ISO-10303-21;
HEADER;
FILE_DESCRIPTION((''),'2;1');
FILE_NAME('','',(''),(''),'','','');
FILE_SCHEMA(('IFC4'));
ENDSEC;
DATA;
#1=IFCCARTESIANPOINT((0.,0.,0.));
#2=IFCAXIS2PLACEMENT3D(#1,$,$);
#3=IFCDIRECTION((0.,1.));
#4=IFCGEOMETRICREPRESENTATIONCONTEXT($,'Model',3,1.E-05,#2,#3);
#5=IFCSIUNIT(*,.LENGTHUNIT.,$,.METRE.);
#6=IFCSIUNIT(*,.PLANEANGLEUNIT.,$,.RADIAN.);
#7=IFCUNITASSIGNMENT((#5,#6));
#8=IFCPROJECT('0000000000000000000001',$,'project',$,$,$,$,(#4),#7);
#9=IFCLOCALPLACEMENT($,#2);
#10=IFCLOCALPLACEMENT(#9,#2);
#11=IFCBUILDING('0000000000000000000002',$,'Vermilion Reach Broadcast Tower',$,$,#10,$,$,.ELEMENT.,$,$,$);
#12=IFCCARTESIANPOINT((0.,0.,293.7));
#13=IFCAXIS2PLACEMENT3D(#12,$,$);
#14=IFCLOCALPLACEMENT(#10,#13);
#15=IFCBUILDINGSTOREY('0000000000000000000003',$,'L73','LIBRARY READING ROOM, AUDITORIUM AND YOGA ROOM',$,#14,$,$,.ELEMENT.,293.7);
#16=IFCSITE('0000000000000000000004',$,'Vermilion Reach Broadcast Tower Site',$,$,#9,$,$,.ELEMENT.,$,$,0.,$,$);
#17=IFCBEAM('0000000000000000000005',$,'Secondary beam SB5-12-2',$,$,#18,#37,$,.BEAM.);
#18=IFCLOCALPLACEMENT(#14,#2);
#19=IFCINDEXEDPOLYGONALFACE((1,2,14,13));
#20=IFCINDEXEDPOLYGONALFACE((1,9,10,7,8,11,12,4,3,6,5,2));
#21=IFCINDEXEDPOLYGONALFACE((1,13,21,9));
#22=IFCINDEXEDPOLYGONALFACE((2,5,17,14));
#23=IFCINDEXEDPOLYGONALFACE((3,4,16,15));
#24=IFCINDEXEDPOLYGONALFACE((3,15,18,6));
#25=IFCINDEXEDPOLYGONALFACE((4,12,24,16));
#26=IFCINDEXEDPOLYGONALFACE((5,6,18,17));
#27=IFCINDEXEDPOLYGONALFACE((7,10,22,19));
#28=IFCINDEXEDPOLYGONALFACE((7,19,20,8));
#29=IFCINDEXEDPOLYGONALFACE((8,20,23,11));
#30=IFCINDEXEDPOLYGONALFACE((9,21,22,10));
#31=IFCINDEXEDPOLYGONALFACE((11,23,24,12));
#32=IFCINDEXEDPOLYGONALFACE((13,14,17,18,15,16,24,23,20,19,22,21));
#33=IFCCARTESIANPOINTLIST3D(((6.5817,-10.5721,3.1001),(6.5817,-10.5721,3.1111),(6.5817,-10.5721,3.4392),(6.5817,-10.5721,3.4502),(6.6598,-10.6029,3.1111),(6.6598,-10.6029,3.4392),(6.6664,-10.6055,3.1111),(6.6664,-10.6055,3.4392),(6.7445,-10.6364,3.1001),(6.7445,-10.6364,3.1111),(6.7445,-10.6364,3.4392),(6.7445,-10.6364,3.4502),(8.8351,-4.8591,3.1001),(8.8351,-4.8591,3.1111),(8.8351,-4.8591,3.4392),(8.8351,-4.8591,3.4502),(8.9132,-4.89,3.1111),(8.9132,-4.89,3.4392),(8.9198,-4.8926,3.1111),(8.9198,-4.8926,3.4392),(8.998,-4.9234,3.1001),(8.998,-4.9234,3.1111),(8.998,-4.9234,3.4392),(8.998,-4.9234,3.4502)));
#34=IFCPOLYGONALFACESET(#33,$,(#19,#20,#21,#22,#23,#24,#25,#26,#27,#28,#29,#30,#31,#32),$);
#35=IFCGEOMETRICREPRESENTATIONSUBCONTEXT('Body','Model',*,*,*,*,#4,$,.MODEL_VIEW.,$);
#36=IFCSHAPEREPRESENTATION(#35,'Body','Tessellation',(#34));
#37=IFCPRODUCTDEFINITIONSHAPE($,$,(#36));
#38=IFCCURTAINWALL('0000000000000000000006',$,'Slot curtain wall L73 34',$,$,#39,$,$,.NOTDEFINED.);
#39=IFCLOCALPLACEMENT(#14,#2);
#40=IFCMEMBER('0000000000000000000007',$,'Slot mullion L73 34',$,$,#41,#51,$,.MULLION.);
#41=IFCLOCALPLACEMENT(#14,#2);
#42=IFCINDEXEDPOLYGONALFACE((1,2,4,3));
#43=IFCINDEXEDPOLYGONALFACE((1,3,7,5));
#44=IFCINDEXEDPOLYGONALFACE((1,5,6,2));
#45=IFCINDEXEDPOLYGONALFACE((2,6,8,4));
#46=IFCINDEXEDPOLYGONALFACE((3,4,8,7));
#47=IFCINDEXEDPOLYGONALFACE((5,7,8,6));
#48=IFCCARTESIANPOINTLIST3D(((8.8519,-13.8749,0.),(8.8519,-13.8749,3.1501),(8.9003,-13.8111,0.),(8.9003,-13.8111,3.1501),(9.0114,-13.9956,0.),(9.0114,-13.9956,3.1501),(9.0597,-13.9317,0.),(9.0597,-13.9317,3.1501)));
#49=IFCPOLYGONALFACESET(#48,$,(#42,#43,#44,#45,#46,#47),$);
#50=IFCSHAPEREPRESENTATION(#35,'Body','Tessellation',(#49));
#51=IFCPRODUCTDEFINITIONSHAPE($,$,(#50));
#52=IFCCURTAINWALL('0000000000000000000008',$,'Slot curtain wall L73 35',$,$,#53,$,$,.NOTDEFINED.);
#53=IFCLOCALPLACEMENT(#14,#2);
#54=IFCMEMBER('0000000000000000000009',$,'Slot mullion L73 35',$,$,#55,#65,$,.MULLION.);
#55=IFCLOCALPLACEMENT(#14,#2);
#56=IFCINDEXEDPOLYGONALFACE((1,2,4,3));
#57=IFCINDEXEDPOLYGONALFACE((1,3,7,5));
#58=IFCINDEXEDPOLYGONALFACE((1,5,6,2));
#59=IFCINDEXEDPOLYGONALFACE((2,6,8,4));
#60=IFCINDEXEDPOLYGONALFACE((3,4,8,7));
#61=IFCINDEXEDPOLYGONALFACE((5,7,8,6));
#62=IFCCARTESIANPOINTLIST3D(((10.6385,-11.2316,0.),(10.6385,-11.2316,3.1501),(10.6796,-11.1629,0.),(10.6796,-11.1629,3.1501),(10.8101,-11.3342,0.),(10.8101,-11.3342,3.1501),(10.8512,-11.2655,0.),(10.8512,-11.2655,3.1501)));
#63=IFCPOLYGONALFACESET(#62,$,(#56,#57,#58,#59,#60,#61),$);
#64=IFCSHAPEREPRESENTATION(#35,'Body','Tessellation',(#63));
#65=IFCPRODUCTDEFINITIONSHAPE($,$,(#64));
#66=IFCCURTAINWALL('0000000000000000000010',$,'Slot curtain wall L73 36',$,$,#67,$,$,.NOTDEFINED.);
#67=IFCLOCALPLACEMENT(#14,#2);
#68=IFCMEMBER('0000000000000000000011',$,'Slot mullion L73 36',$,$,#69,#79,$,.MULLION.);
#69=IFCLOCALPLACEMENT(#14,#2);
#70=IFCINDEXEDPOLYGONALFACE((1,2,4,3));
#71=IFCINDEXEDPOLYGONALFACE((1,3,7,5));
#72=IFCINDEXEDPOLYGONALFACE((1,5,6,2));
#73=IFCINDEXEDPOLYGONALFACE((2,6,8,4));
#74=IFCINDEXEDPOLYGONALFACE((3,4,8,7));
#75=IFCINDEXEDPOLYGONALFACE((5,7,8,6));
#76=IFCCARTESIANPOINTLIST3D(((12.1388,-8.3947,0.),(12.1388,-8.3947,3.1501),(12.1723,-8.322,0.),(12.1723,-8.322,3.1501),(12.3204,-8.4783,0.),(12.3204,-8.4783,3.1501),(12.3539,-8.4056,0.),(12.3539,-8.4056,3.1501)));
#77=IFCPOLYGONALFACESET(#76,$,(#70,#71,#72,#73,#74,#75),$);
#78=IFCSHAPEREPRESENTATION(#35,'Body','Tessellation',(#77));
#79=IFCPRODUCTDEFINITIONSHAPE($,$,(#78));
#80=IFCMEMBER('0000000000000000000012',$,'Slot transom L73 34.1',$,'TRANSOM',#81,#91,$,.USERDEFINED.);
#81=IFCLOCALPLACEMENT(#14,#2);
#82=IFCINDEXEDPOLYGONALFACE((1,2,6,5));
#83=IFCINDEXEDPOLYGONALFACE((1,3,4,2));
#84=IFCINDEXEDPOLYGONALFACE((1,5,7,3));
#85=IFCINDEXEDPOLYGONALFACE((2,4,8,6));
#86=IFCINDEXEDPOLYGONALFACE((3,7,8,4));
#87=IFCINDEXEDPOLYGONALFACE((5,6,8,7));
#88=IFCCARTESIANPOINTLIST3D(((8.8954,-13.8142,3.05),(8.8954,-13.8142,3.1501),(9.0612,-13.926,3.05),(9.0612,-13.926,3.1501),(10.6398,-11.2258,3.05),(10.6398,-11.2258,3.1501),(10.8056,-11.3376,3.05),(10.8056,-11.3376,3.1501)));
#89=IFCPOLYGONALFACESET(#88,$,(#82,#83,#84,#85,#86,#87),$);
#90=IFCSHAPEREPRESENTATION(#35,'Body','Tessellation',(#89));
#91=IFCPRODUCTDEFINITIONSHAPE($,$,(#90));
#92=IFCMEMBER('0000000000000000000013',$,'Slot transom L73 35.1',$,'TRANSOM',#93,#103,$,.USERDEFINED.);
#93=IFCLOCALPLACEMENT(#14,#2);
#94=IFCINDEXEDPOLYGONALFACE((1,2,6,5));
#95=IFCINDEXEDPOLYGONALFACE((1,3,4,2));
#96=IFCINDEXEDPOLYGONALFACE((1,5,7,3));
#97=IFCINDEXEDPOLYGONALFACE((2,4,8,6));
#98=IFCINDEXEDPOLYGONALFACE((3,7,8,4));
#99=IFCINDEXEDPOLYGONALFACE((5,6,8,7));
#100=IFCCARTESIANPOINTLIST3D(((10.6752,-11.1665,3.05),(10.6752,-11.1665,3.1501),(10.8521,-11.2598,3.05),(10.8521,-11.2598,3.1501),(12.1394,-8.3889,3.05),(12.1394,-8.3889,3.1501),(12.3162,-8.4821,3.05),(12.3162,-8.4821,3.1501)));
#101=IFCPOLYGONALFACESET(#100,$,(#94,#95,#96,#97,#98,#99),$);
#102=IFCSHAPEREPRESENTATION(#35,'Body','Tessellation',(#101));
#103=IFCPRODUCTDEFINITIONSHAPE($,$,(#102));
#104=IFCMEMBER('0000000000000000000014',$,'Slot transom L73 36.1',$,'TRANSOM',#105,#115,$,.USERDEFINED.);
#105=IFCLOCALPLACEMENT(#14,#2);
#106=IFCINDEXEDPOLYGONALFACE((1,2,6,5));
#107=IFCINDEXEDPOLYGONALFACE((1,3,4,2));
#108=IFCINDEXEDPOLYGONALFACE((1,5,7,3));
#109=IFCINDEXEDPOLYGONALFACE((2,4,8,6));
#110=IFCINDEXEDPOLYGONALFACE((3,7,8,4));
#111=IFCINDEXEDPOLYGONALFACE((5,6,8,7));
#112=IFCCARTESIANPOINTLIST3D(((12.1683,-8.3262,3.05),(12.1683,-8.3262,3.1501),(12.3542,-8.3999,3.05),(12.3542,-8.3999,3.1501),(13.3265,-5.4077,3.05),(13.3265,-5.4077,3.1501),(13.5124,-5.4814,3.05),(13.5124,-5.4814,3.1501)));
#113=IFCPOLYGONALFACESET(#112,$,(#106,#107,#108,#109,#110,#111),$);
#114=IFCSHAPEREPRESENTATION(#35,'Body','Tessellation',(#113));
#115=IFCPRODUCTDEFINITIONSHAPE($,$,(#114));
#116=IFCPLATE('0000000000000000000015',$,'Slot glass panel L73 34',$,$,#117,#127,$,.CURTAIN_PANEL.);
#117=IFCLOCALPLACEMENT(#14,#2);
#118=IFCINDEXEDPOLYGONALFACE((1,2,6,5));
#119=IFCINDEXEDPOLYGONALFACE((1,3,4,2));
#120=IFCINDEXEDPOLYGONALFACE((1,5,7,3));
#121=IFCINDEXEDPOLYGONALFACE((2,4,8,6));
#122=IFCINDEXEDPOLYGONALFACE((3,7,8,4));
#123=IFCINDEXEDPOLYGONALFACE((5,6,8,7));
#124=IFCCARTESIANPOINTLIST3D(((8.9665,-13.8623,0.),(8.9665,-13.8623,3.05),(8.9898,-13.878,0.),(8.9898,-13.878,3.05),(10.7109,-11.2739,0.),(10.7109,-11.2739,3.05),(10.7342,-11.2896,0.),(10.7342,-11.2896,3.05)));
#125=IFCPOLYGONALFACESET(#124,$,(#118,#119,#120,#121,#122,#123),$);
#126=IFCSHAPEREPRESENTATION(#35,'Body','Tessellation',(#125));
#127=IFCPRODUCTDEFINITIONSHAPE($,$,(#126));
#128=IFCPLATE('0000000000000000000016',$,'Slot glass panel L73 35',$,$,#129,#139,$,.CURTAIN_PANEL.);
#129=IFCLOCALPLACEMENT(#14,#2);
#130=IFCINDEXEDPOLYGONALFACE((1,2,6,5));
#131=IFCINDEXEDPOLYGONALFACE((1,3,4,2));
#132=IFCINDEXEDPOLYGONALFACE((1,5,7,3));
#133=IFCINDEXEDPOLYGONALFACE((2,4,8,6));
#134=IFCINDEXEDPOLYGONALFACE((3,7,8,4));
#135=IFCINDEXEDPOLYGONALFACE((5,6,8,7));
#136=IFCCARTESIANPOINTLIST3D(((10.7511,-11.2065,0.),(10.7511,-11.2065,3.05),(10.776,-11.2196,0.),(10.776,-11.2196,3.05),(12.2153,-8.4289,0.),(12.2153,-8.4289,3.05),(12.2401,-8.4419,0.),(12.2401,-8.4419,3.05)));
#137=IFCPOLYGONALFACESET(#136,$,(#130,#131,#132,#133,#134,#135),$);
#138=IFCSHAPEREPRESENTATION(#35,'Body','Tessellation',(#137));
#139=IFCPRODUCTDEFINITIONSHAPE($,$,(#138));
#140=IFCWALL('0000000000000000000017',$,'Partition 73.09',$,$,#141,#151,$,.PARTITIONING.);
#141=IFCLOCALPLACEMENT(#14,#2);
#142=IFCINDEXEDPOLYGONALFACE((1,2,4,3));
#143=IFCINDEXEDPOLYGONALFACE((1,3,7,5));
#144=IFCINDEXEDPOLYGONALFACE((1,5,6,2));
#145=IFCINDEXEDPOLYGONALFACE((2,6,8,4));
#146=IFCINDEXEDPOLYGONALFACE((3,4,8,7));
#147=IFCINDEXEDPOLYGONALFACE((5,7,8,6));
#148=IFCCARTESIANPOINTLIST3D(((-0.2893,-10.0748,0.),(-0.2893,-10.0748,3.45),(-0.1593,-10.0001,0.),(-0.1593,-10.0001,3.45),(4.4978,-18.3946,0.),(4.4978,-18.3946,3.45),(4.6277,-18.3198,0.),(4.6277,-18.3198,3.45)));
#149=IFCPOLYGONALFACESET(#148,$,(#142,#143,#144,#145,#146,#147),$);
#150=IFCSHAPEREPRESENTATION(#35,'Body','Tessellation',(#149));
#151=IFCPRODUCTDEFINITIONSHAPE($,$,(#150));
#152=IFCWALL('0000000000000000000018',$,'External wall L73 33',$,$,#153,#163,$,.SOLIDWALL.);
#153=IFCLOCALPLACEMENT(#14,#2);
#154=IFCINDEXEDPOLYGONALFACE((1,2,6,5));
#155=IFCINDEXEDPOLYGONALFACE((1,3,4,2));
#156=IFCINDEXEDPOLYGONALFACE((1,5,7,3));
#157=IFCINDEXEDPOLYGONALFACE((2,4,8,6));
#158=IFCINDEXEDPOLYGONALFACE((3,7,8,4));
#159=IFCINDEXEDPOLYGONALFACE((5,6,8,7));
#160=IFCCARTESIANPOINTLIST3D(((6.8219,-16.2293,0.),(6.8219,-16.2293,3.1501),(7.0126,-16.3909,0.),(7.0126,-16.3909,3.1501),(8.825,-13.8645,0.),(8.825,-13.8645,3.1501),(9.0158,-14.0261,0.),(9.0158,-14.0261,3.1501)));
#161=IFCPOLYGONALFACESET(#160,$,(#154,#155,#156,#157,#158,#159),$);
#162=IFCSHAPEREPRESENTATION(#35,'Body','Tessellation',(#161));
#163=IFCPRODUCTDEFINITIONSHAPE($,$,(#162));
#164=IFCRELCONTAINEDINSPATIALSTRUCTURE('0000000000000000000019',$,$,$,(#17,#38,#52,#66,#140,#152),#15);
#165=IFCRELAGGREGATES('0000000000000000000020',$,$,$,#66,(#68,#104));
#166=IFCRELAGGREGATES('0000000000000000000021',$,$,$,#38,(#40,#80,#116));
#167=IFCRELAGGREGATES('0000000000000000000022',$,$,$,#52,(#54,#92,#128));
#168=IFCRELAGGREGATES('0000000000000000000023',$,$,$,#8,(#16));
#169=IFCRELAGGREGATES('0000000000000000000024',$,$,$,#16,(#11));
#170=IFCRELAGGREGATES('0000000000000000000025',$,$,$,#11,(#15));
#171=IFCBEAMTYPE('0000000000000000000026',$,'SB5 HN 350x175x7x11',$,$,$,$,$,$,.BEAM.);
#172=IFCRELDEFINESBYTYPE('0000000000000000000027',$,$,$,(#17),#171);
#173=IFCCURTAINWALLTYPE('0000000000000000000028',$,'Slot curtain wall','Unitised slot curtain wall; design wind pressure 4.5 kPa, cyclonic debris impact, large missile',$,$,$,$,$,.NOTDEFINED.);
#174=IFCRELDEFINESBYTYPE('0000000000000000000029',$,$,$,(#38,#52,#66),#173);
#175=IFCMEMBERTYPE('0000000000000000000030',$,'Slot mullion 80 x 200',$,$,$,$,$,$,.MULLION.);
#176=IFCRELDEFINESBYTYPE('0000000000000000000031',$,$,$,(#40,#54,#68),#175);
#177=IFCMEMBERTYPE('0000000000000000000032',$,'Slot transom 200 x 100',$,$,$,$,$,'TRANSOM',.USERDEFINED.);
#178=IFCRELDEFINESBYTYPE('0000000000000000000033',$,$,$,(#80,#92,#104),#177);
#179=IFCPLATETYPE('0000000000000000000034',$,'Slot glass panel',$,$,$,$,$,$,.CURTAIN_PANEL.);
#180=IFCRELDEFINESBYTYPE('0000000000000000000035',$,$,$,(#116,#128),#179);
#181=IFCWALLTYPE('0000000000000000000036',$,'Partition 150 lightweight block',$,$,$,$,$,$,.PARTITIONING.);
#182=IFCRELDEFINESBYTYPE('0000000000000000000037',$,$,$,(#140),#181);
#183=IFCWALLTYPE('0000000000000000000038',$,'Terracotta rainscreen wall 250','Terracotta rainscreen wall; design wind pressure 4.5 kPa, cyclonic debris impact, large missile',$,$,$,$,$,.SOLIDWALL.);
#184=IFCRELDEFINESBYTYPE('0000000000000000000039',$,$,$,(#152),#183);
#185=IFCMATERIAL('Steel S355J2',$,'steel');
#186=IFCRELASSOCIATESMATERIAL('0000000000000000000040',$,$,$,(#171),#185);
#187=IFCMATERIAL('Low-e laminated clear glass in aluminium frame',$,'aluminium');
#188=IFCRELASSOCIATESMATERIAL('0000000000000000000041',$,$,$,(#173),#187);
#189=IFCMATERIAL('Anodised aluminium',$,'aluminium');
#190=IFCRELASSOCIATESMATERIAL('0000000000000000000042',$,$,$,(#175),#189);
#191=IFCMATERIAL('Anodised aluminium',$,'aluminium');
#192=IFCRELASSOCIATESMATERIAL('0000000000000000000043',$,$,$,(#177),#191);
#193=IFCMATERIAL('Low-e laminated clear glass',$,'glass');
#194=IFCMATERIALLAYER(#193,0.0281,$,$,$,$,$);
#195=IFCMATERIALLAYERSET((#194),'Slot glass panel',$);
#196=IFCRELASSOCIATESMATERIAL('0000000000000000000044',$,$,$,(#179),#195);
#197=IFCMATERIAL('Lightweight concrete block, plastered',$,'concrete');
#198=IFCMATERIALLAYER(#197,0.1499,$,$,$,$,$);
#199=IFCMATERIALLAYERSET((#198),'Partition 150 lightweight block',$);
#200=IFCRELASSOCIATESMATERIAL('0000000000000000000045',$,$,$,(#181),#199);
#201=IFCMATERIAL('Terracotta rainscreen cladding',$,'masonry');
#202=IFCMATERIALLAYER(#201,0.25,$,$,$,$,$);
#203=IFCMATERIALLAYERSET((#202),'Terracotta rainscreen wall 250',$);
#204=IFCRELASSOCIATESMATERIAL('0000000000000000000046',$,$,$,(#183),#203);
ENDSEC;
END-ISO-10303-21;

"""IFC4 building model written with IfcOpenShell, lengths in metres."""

from ifc_helpers import new_model, si_unit, direction, frame, frame_2d, origin, origin_2d, place, context, subcontext, project, spatial, rectangle, i_section, extrude, material, layer, layer_set, material_profile, profile_set, type_object, element, aggregate, save


model = new_model("IFC4")

# Units and contexts
model_context = context("Model", 3, precision=1e-05, world=origin(), true_north=direction((0.0, 1.0)))
body_context = subcontext(model_context, "Body", "Model", "MODEL_VIEW")
ifc_project = project(units=[si_unit("LENGTHUNIT", "METRE"), si_unit("PLANEANGLEUNIT", "RADIAN")], contexts=[model_context])

# Site, building, storey
site_placement = place(None, origin())
site = spatial("IfcSite", under=ifc_project, at=site_placement, Name="Vermilion Reach Broadcast Tower Site", CompositionType="ELEMENT", RefElevation=0.0)
building_placement = place(site_placement, origin())
building = spatial("IfcBuilding", under=site, at=building_placement, Name="Vermilion Reach Broadcast Tower", CompositionType="ELEMENT")
storey_placement = place(building_placement, frame((0.0, 0.0, 293.7)))
storey = spatial("IfcBuildingStorey", under=building, at=storey_placement, Name="L73", Description="LIBRARY READING ROOM, AUDITORIUM AND YOGA ROOM", CompositionType="ELEMENT", Elevation=293.7)

# Beam
ifc_material_1 = material(Name="Steel S355J2", Category="steel")
ifc_material_profile_1 = material_profile(ifc_material_1, i_section(OverallWidth=0.175, OverallDepth=0.3501, WebThickness=0.0071, FlangeThickness=0.011, at=origin_2d()), Name="S355J2 HN 350x175x7x11")
ifc_profile_set_1 = profile_set([ifc_material_profile_1], Name="Steel S355J2")
beam_type_1 = type_object("IfcBeamType", Name="SB5 HN 350x175x7x11", PredefinedType="BEAM", material=ifc_profile_set_1)
beam_1_placement = place(storey_placement, frame((6.6631, -10.6042, 3.2751), z_axis=(0.366931, 0.930248, 0.0), x_axis=(-0.930248, 0.366931, 0.0)))
element("IfcBeam", 1, at=beam_1_placement, inside=storey, type_object=beam_type_1, Name="Secondary beam SB5-12-2", PredefinedType="BEAM", context=body_context, shape_type="SweptSolid", body=[
    extrude(i_section(OverallWidth=0.175, OverallDepth=0.3501, WebThickness=0.0071, FlangeThickness=0.011, at=origin_2d()), origin(), (0.0, 0.0, 1.0), 6.1414),
])

# Curtain walls, members
ifc_material_2 = material(Name="Low-e laminated clear glass in aluminium frame", Category="aluminium")
curtain_wall_type = type_object("IfcCurtainWallType", Name="Slot curtain wall", Description="Unitised slot curtain wall; design wind pressure 4.5 kPa, cyclonic debris impact, large missile", PredefinedType="NOTDEFINED", material=ifc_material_2)
placement = place(storey_placement, origin())
curtain_wall_1 = element("IfcCurtainWall", 2, at=placement, inside=storey, type_object=curtain_wall_type, Name="Slot curtain wall L73 34", PredefinedType="NOTDEFINED")
ifc_material_3 = material(Name="Anodised aluminium", Category="aluminium")
ifc_material_profile_2 = material_profile(ifc_material_3, rectangle(XDim=0.2, YDim=0.0801, at=origin_2d()), Name="Slot mullion 80 x 200")
ifc_profile_set_2 = profile_set([ifc_material_profile_2], Name="Anodised aluminium")
member_type_1 = type_object("IfcMemberType", Name="Slot mullion 80 x 200", PredefinedType="MULLION", material=ifc_profile_set_2)
member_1_placement = place(storey_placement, frame((8.9558, -13.9033, 0.0), z_axis=(0.0, 0.0, 1.0), x_axis=(-0.797363, 0.6035, 0.0)))
member_1 = element("IfcMember", 3, at=member_1_placement, type_object=member_type_1, Name="Slot mullion L73 34", PredefinedType="MULLION", context=body_context, shape_type="SweptSolid", body=[
    extrude(rectangle(XDim=0.2, YDim=0.0801, at=origin_2d()), origin(), (0.0, 0.0, 1.0), 3.1501),
])
curtain_wall_2 = element("IfcCurtainWall", 4, at=placement, inside=storey, type_object=curtain_wall_type, Name="Slot curtain wall L73 35", PredefinedType="NOTDEFINED")
member_2_placement = place(storey_placement, frame((10.7449, -11.2485, 0.0), z_axis=(0.0, 0.0, 1.0), x_axis=(-0.858191, 0.51333, 0.0)))
member_2 = element("IfcMember", 5, at=member_2_placement, type_object=member_type_1, Name="Slot mullion L73 35", PredefinedType="MULLION", context=body_context, shape_type="SweptSolid", body=[
    extrude(rectangle(XDim=0.2, YDim=0.0801, at=origin_2d()), origin(), (0.0, 0.0, 1.0), 3.1501),
])
curtain_wall_3 = element("IfcCurtainWall", 6, at=placement, inside=storey, type_object=curtain_wall_type, Name="Slot curtain wall L73 36", PredefinedType="NOTDEFINED")
member_3_placement = place(storey_placement, frame((12.2463, -8.4001, 0.0), z_axis=(0.0, 0.0, 1.0), x_axis=(-0.908362, 0.418184, 0.0)))
member_3 = element("IfcMember", 7, at=member_3_placement, type_object=member_type_1, Name="Slot mullion L73 36", PredefinedType="MULLION", context=body_context, shape_type="SweptSolid", body=[
    extrude(rectangle(XDim=0.2, YDim=0.0801, at=origin_2d()), origin(), (0.0, 0.0, 1.0), 3.1501),
])

# Members
ifc_material_4 = material(Name="Anodised aluminium", Category="aluminium")
ifc_material_profile_3 = material_profile(ifc_material_4, rectangle(XDim=0.2, YDim=0.1001, at=origin_2d()), Name="Slot transom 200 x 100")
ifc_profile_set_3 = profile_set([ifc_material_profile_3], Name="Anodised aluminium")
member_type_2 = type_object("IfcMemberType", Name="Slot transom 200 x 100", ElementType="TRANSOM", PredefinedType="USERDEFINED", material=ifc_profile_set_3)
member_4_placement = place(storey_placement, frame((8.9783, -13.8701, 3.1001), z_axis=(0.558863, 0.82926, 0.0), x_axis=(-0.82926, 0.558863, 0.0)))
member_4 = element("IfcMember", 8, at=member_4_placement, type_object=member_type_2, Name="Slot transom L73 34.1", ObjectType="TRANSOM", PredefinedType="USERDEFINED", context=body_context, shape_type="SweptSolid", body=[
    extrude(rectangle(XDim=0.2, YDim=0.1001, at=origin_2d()), origin(), (0.0, 0.0, 1.0), 3.1213),
])
member_5_placement = place(storey_placement, frame((10.7637, -11.2131, 3.1001), z_axis=(0.466301, 0.884626, 0.0), x_axis=(-0.884626, 0.466301, 0.0)))
member_5 = element("IfcMember", 9, at=member_5_placement, type_object=member_type_2, Name="Slot transom L73 35.1", ObjectType="TRANSOM", PredefinedType="USERDEFINED", context=body_context, shape_type="SweptSolid", body=[
    extrude(rectangle(XDim=0.2, YDim=0.1001, at=origin_2d()), origin(), (0.0, 0.0, 1.0), 3.1399),
])
member_6_placement = place(storey_placement, frame((12.2612, -8.363, 3.1001), z_axis=(0.368869, 0.929481, 0.0), x_axis=(-0.929481, 0.368869, 0.0)))
member_6 = element("IfcMember", 10, at=member_6_placement, type_object=member_type_2, Name="Slot transom L73 36.1", ObjectType="TRANSOM", PredefinedType="USERDEFINED", context=body_context, shape_type="SweptSolid", body=[
    extrude(rectangle(XDim=0.2, YDim=0.1001, at=origin_2d()), origin(), (0.0, 0.0, 1.0), 3.1399),
])
aggregate(curtain_wall_3, [member_3, member_6])

# Plates
ifc_material_5 = material(Name="Low-e laminated clear glass", Category="glass")
ifc_layer_1 = layer(ifc_material_5, 0.0281)
ifc_layer_set_1 = layer_set([ifc_layer_1], Name="Slot glass panel")
plate_type = type_object("IfcPlateType", Name="Slot glass panel", PredefinedType="CURTAIN_PANEL", material=ifc_layer_set_1)
plate_1_placement = place(storey_placement, frame((9.8503, -12.5759, 0.0), z_axis=(0.0, 0.0, 1.0), x_axis=(0.558868, 0.829257, 0.0)))
plate_1 = element("IfcPlate", 11, at=plate_1_placement, type_object=plate_type, Name="Slot glass panel L73 34", PredefinedType="CURTAIN_PANEL", context=body_context, shape_type="SweptSolid", body=[
    extrude(rectangle(XDim=3.1213, YDim=0.0281, at=origin_2d()), origin(), (0.0, 0.0, 1.0), 3.05),
])
aggregate(curtain_wall_1, [member_1, member_4, plate_1])
plate_2_placement = place(storey_placement, frame((11.4956, -9.8242, 0.0), z_axis=(0.0, 0.0, 1.0), x_axis=(0.466299, 0.884627, 0.0)))
plate_2 = element("IfcPlate", 12, at=plate_2_placement, type_object=plate_type, Name="Slot glass panel L73 35", PredefinedType="CURTAIN_PANEL", context=body_context, shape_type="SweptSolid", body=[
    extrude(rectangle(XDim=3.1399, YDim=0.0281, at=origin_2d()), origin(), (0.0, 0.0, 1.0), 3.05),
])
aggregate(curtain_wall_2, [member_2, member_5, plate_2])

# Wall
ifc_material_6 = material(Name="Lightweight concrete block, plastered", Category="concrete")
ifc_layer_2 = layer(ifc_material_6, 0.1499)
ifc_layer_set_2 = layer_set([ifc_layer_2], Name="Partition 150 lightweight block")
wall_type_1 = type_object("IfcWallType", Name="Partition 150 lightweight block", PredefinedType="PARTITIONING", material=ifc_layer_set_2)
wall_1_placement = place(storey_placement, frame((4.5627, -18.3572, 0.0), z_axis=(0.0, 0.0, 1.0), x_axis=(-0.498722, 0.866762, 0.0)))
element("IfcWall", 13, at=wall_1_placement, inside=storey, type_object=wall_type_1, Name="Partition 73.09", PredefinedType="PARTITIONING", context=body_context, shape_type="SweptSolid", body=[
    extrude(rectangle(XDim=9.5986, YDim=0.1499, at=frame_2d((4.7993, 0.0))), origin(), (0.0, 0.0, 1.0), 3.45),
])

# Shared definitions
ifc_material_7 = material(Name="Terracotta rainscreen cladding", Category="masonry")
ifc_layer_3 = layer(ifc_material_7, 0.25)
ifc_layer_set_3 = layer_set([ifc_layer_3], Name="Terracotta rainscreen wall 250")
wall_type_2 = type_object("IfcWallType", Name="Terracotta rainscreen wall 250", Description="Terracotta rainscreen wall; design wind pressure 4.5 kPa, cyclonic debris impact, large missile", PredefinedType="SOLIDWALL", material=ifc_layer_set_3)

# Wall
wall_2_placement = place(storey_placement, frame((6.9172, -16.3101, 0.0), z_axis=(0.0, 0.0, 1.0), x_axis=(0.646362, 0.763031, 0.0)))
element("IfcWall", 14, at=wall_2_placement, inside=storey, type_object=wall_type_2, Name="External wall L73 33", PredefinedType="SOLIDWALL", context=body_context, shape_type="SweptSolid", body=[
    extrude(rectangle(XDim=3.0991, YDim=0.25, at=frame_2d((1.5496, 0.0))), origin(), (0.0, 0.0, 1.0), 3.1501),
])

save(model, "model.ifc")
